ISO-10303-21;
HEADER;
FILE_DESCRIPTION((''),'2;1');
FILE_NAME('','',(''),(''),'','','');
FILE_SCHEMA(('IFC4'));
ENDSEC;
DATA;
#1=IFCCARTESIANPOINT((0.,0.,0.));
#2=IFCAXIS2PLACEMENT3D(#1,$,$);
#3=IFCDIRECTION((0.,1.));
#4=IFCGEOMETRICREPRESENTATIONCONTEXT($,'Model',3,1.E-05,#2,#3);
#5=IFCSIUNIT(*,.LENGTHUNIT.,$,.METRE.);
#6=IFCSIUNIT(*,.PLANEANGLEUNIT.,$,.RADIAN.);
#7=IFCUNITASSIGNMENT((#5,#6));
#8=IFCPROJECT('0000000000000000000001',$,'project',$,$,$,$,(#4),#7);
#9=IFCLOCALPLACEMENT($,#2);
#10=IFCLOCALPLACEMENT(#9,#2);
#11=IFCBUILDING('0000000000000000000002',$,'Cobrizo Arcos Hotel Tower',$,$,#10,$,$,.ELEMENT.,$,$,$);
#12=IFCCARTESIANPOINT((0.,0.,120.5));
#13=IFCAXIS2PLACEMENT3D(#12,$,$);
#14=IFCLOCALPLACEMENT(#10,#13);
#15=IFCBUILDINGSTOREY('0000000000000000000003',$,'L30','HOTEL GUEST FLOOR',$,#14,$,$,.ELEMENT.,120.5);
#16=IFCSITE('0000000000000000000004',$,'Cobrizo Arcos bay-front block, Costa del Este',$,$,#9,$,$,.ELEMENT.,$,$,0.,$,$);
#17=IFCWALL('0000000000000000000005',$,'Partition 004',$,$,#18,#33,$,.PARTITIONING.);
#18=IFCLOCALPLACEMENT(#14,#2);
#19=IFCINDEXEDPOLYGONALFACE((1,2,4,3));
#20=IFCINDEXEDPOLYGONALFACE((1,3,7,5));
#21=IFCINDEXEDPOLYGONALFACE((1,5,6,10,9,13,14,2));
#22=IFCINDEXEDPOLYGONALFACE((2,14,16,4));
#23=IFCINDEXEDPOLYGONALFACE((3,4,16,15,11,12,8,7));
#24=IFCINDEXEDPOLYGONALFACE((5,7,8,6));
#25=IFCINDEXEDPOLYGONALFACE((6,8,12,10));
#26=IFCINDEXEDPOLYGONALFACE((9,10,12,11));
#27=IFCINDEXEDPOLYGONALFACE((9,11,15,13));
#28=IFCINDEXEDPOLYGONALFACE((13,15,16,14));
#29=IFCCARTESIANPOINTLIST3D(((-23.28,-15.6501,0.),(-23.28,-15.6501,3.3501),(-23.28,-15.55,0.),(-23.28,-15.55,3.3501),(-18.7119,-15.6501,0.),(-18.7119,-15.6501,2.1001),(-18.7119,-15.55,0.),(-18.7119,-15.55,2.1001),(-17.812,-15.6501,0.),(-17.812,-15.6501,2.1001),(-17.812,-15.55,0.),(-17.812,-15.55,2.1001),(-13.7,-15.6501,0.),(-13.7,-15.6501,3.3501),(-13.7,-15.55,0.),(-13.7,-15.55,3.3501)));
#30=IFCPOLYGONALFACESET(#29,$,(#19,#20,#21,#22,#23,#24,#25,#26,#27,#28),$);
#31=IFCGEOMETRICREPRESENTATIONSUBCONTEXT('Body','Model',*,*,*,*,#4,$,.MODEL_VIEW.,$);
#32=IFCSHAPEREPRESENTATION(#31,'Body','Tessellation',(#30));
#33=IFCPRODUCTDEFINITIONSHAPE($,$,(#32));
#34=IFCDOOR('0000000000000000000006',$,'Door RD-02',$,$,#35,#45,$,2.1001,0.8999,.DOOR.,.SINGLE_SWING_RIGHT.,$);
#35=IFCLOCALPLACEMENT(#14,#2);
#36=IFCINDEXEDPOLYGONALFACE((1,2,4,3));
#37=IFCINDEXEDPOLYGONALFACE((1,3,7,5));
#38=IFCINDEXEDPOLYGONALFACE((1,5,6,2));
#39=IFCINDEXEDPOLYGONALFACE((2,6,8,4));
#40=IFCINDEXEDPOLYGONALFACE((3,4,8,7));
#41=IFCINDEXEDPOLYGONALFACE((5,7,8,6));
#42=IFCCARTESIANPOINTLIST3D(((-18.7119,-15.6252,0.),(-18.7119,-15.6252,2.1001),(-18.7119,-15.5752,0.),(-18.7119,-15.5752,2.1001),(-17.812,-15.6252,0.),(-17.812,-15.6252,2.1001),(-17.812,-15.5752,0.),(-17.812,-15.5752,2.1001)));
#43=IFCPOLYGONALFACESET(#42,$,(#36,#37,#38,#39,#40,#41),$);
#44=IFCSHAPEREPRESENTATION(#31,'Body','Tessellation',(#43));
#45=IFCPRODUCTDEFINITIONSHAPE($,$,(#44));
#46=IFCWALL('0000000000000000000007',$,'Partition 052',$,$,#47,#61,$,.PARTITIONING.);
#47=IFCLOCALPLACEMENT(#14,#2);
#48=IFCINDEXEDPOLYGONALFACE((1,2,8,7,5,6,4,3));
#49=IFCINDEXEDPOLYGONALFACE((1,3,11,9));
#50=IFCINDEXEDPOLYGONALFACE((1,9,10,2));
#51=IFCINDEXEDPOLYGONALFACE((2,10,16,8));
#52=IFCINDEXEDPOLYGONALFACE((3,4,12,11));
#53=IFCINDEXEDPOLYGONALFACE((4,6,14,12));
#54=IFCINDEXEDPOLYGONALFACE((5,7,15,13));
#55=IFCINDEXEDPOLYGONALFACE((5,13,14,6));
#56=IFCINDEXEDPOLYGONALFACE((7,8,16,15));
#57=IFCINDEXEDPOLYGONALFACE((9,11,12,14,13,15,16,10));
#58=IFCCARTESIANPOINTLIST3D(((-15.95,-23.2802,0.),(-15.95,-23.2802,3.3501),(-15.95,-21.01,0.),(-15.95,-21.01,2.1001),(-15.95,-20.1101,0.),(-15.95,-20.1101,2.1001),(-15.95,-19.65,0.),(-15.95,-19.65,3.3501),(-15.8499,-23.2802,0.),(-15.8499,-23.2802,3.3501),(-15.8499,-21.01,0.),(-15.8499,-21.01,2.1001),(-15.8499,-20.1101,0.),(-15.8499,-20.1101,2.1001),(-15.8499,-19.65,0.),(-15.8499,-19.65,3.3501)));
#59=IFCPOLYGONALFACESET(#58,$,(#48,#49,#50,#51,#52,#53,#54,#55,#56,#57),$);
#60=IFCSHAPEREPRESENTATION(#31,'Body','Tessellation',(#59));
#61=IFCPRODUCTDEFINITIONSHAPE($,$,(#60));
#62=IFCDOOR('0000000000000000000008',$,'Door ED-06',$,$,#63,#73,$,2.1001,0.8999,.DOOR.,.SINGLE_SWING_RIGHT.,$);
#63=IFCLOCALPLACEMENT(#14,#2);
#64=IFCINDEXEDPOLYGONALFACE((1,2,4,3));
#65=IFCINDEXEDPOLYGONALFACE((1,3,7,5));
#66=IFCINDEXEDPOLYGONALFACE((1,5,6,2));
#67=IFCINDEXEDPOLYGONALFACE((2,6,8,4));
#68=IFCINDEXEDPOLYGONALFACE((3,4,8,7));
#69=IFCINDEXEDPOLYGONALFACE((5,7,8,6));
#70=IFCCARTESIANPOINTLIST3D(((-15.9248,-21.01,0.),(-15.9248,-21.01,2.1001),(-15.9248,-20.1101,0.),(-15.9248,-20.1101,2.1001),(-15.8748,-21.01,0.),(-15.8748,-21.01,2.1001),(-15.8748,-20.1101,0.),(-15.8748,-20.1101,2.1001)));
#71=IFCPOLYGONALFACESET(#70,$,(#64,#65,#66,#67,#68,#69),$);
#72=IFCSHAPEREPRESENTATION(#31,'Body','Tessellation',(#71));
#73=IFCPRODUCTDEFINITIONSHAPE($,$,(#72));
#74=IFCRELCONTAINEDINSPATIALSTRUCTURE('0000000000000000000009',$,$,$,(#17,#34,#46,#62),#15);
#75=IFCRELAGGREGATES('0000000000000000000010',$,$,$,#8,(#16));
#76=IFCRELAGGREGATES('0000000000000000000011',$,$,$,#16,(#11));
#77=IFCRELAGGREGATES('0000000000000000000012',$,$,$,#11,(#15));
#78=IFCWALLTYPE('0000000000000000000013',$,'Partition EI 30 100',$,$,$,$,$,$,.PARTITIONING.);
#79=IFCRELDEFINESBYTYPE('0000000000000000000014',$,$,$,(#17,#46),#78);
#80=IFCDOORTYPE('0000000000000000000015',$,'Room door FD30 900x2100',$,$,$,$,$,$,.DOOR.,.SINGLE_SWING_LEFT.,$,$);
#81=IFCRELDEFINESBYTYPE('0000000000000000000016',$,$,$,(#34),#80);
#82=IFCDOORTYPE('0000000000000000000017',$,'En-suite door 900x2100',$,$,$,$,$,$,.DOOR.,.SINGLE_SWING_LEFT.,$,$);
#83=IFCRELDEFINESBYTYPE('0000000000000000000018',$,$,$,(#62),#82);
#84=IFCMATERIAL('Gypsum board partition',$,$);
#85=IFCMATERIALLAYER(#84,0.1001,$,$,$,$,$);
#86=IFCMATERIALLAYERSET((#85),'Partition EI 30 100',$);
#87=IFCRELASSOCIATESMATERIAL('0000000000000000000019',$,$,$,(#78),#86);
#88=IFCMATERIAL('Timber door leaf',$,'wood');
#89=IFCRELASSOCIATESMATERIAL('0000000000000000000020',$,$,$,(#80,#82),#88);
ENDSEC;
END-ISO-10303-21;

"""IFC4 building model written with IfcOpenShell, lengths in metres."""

from ifc_helpers import new_model, si_unit, direction, frame, frame_2d, origin, place, context, subcontext, project, spatial, rectangle, extrude, material, layer, layer_set, type_object, element, fill, save


model = new_model("IFC4")

# Units and contexts
model_context = context("Model", 3, precision=1e-05, world=origin(), true_north=direction((0.0, 1.0)))
body_context = subcontext(model_context, "Body", "Model", "MODEL_VIEW")
ifc_project = project(units=[si_unit("LENGTHUNIT", "METRE"), si_unit("PLANEANGLEUNIT", "RADIAN")], contexts=[model_context])

# Site, building, storey
site_placement = place(None, origin())
site = spatial("IfcSite", under=ifc_project, at=site_placement, Name="Cobrizo Arcos bay-front block, Costa del Este", CompositionType="ELEMENT", RefElevation=0.0)
building_placement = place(site_placement, origin())
building = spatial("IfcBuilding", under=site, at=building_placement, Name="Cobrizo Arcos Hotel Tower", CompositionType="ELEMENT")
storey_placement = place(building_placement, frame((0.0, 0.0, 120.5)))
storey = spatial("IfcBuildingStorey", under=building, at=storey_placement, Name="L30", Description="HOTEL GUEST FLOOR", CompositionType="ELEMENT", Elevation=120.5)

# Walls, openings, doors
ifc_material_1 = material(Name="Gypsum board partition")
ifc_layer_1 = layer(ifc_material_1, 0.1001)
ifc_layer_set_1 = layer_set([ifc_layer_1], Name="Partition EI 30 100")
wall_type = type_object("IfcWallType", Name="Partition EI 30 100", PredefinedType="PARTITIONING", material=ifc_layer_set_1)
wall_1_placement = place(storey_placement, frame((-23.28, -15.6001, 0.0), z_axis=(0.0, 0.0, 1.0), x_axis=(1.0, 0.0, 0.0)))
wall_1 = element("IfcWall", 1, at=wall_1_placement, inside=storey, type_object=wall_type, Name="Partition 004", PredefinedType="PARTITIONING", context=body_context, shape_type="SweptSolid", body=[
    extrude(rectangle(XDim=9.5801, YDim=0.1001, at=frame_2d((4.79, 0.0))), origin(), (0.0, 0.0, 1.0), 3.3501),
])
opening_1_placement = place(wall_1_placement, frame((4.5681, 0.0, 0.0)))
opening_1 = element("IfcOpeningElement", 2, at=opening_1_placement, cuts=wall_1, PredefinedType="OPENING", context=body_context, shape_type="SweptSolid", body=[
    extrude(rectangle(XDim=0.8999, YDim=2.1001, at=frame_2d((0.45, 1.05))), frame((0.0, 0.062, 0.0), z_axis=(0.0, -1.0, 0.0), x_axis=(1.0, 0.0, 0.0)), (0.0, 0.0, 1.0), 0.124),
])
ifc_material_2 = material(Name="Timber door leaf", Category="wood")
door_type_1 = type_object("IfcDoorType", Name="Room door FD30 900x2100", OperationType="SINGLE_SWING_LEFT", PredefinedType="DOOR", material=ifc_material_2)
door_1_placement = place(opening_1_placement, origin())
door_1 = element("IfcDoor", 3, at=door_1_placement, inside=storey, type_object=door_type_1, Name="Door RD-02", OperationType="SINGLE_SWING_RIGHT", OverallHeight=2.1001, OverallWidth=0.8999, PredefinedType="DOOR", context=body_context, shape_type="SweptSolid", body=[
    extrude(rectangle(XDim=0.8999, YDim=2.1001, at=frame_2d((0.45, 1.05))), frame((0.0, 0.0249, 0.0), z_axis=(0.0, -1.0, 0.0), x_axis=(1.0, 0.0, 0.0)), (0.0, 0.0, 1.0), 0.05),
])
fill(opening_1, door_1)
wall_2_placement = place(storey_placement, frame((-15.8999, -23.28, 0.0), z_axis=(0.0, 0.0, 1.0), x_axis=(0.0, 1.0, 0.0)))
wall_2 = element("IfcWall", 4, at=wall_2_placement, inside=storey, type_object=wall_type, Name="Partition 052", PredefinedType="PARTITIONING", context=body_context, shape_type="SweptSolid", body=[
    extrude(rectangle(XDim=3.6301, YDim=0.1001, at=frame_2d((1.8149, 0.0))), origin(), (0.0, 0.0, 1.0), 3.3501),
])
opening_2_placement = place(wall_2_placement, frame((2.27, 0.0, 0.0)))
opening_2 = element("IfcOpeningElement", 5, at=opening_2_placement, cuts=wall_2, PredefinedType="OPENING", context=body_context, shape_type="SweptSolid", body=[
    extrude(rectangle(XDim=0.8999, YDim=2.1001, at=frame_2d((0.45, 1.05))), frame((0.0, 0.062, 0.0), z_axis=(0.0, -1.0, 0.0), x_axis=(1.0, 0.0, 0.0)), (0.0, 0.0, 1.0), 0.124),
])
door_type_2 = type_object("IfcDoorType", Name="En-suite door 900x2100", OperationType="SINGLE_SWING_LEFT", PredefinedType="DOOR", material=ifc_material_2)
door_2_placement = place(opening_2_placement, origin())
door_2 = element("IfcDoor", 6, at=door_2_placement, inside=storey, type_object=door_type_2, Name="Door ED-06", OperationType="SINGLE_SWING_RIGHT", OverallHeight=2.1001, OverallWidth=0.8999, PredefinedType="DOOR", context=body_context, shape_type="SweptSolid", body=[
    extrude(rectangle(XDim=0.8999, YDim=2.1001, at=frame_2d((0.45, 1.05))), frame((0.0, 0.0249, 0.0), z_axis=(0.0, -1.0, 0.0), x_axis=(1.0, 0.0, 0.0)), (0.0, 0.0, 1.0), 0.05),
])
fill(opening_2, door_2)

save(model, "model.ifc")
